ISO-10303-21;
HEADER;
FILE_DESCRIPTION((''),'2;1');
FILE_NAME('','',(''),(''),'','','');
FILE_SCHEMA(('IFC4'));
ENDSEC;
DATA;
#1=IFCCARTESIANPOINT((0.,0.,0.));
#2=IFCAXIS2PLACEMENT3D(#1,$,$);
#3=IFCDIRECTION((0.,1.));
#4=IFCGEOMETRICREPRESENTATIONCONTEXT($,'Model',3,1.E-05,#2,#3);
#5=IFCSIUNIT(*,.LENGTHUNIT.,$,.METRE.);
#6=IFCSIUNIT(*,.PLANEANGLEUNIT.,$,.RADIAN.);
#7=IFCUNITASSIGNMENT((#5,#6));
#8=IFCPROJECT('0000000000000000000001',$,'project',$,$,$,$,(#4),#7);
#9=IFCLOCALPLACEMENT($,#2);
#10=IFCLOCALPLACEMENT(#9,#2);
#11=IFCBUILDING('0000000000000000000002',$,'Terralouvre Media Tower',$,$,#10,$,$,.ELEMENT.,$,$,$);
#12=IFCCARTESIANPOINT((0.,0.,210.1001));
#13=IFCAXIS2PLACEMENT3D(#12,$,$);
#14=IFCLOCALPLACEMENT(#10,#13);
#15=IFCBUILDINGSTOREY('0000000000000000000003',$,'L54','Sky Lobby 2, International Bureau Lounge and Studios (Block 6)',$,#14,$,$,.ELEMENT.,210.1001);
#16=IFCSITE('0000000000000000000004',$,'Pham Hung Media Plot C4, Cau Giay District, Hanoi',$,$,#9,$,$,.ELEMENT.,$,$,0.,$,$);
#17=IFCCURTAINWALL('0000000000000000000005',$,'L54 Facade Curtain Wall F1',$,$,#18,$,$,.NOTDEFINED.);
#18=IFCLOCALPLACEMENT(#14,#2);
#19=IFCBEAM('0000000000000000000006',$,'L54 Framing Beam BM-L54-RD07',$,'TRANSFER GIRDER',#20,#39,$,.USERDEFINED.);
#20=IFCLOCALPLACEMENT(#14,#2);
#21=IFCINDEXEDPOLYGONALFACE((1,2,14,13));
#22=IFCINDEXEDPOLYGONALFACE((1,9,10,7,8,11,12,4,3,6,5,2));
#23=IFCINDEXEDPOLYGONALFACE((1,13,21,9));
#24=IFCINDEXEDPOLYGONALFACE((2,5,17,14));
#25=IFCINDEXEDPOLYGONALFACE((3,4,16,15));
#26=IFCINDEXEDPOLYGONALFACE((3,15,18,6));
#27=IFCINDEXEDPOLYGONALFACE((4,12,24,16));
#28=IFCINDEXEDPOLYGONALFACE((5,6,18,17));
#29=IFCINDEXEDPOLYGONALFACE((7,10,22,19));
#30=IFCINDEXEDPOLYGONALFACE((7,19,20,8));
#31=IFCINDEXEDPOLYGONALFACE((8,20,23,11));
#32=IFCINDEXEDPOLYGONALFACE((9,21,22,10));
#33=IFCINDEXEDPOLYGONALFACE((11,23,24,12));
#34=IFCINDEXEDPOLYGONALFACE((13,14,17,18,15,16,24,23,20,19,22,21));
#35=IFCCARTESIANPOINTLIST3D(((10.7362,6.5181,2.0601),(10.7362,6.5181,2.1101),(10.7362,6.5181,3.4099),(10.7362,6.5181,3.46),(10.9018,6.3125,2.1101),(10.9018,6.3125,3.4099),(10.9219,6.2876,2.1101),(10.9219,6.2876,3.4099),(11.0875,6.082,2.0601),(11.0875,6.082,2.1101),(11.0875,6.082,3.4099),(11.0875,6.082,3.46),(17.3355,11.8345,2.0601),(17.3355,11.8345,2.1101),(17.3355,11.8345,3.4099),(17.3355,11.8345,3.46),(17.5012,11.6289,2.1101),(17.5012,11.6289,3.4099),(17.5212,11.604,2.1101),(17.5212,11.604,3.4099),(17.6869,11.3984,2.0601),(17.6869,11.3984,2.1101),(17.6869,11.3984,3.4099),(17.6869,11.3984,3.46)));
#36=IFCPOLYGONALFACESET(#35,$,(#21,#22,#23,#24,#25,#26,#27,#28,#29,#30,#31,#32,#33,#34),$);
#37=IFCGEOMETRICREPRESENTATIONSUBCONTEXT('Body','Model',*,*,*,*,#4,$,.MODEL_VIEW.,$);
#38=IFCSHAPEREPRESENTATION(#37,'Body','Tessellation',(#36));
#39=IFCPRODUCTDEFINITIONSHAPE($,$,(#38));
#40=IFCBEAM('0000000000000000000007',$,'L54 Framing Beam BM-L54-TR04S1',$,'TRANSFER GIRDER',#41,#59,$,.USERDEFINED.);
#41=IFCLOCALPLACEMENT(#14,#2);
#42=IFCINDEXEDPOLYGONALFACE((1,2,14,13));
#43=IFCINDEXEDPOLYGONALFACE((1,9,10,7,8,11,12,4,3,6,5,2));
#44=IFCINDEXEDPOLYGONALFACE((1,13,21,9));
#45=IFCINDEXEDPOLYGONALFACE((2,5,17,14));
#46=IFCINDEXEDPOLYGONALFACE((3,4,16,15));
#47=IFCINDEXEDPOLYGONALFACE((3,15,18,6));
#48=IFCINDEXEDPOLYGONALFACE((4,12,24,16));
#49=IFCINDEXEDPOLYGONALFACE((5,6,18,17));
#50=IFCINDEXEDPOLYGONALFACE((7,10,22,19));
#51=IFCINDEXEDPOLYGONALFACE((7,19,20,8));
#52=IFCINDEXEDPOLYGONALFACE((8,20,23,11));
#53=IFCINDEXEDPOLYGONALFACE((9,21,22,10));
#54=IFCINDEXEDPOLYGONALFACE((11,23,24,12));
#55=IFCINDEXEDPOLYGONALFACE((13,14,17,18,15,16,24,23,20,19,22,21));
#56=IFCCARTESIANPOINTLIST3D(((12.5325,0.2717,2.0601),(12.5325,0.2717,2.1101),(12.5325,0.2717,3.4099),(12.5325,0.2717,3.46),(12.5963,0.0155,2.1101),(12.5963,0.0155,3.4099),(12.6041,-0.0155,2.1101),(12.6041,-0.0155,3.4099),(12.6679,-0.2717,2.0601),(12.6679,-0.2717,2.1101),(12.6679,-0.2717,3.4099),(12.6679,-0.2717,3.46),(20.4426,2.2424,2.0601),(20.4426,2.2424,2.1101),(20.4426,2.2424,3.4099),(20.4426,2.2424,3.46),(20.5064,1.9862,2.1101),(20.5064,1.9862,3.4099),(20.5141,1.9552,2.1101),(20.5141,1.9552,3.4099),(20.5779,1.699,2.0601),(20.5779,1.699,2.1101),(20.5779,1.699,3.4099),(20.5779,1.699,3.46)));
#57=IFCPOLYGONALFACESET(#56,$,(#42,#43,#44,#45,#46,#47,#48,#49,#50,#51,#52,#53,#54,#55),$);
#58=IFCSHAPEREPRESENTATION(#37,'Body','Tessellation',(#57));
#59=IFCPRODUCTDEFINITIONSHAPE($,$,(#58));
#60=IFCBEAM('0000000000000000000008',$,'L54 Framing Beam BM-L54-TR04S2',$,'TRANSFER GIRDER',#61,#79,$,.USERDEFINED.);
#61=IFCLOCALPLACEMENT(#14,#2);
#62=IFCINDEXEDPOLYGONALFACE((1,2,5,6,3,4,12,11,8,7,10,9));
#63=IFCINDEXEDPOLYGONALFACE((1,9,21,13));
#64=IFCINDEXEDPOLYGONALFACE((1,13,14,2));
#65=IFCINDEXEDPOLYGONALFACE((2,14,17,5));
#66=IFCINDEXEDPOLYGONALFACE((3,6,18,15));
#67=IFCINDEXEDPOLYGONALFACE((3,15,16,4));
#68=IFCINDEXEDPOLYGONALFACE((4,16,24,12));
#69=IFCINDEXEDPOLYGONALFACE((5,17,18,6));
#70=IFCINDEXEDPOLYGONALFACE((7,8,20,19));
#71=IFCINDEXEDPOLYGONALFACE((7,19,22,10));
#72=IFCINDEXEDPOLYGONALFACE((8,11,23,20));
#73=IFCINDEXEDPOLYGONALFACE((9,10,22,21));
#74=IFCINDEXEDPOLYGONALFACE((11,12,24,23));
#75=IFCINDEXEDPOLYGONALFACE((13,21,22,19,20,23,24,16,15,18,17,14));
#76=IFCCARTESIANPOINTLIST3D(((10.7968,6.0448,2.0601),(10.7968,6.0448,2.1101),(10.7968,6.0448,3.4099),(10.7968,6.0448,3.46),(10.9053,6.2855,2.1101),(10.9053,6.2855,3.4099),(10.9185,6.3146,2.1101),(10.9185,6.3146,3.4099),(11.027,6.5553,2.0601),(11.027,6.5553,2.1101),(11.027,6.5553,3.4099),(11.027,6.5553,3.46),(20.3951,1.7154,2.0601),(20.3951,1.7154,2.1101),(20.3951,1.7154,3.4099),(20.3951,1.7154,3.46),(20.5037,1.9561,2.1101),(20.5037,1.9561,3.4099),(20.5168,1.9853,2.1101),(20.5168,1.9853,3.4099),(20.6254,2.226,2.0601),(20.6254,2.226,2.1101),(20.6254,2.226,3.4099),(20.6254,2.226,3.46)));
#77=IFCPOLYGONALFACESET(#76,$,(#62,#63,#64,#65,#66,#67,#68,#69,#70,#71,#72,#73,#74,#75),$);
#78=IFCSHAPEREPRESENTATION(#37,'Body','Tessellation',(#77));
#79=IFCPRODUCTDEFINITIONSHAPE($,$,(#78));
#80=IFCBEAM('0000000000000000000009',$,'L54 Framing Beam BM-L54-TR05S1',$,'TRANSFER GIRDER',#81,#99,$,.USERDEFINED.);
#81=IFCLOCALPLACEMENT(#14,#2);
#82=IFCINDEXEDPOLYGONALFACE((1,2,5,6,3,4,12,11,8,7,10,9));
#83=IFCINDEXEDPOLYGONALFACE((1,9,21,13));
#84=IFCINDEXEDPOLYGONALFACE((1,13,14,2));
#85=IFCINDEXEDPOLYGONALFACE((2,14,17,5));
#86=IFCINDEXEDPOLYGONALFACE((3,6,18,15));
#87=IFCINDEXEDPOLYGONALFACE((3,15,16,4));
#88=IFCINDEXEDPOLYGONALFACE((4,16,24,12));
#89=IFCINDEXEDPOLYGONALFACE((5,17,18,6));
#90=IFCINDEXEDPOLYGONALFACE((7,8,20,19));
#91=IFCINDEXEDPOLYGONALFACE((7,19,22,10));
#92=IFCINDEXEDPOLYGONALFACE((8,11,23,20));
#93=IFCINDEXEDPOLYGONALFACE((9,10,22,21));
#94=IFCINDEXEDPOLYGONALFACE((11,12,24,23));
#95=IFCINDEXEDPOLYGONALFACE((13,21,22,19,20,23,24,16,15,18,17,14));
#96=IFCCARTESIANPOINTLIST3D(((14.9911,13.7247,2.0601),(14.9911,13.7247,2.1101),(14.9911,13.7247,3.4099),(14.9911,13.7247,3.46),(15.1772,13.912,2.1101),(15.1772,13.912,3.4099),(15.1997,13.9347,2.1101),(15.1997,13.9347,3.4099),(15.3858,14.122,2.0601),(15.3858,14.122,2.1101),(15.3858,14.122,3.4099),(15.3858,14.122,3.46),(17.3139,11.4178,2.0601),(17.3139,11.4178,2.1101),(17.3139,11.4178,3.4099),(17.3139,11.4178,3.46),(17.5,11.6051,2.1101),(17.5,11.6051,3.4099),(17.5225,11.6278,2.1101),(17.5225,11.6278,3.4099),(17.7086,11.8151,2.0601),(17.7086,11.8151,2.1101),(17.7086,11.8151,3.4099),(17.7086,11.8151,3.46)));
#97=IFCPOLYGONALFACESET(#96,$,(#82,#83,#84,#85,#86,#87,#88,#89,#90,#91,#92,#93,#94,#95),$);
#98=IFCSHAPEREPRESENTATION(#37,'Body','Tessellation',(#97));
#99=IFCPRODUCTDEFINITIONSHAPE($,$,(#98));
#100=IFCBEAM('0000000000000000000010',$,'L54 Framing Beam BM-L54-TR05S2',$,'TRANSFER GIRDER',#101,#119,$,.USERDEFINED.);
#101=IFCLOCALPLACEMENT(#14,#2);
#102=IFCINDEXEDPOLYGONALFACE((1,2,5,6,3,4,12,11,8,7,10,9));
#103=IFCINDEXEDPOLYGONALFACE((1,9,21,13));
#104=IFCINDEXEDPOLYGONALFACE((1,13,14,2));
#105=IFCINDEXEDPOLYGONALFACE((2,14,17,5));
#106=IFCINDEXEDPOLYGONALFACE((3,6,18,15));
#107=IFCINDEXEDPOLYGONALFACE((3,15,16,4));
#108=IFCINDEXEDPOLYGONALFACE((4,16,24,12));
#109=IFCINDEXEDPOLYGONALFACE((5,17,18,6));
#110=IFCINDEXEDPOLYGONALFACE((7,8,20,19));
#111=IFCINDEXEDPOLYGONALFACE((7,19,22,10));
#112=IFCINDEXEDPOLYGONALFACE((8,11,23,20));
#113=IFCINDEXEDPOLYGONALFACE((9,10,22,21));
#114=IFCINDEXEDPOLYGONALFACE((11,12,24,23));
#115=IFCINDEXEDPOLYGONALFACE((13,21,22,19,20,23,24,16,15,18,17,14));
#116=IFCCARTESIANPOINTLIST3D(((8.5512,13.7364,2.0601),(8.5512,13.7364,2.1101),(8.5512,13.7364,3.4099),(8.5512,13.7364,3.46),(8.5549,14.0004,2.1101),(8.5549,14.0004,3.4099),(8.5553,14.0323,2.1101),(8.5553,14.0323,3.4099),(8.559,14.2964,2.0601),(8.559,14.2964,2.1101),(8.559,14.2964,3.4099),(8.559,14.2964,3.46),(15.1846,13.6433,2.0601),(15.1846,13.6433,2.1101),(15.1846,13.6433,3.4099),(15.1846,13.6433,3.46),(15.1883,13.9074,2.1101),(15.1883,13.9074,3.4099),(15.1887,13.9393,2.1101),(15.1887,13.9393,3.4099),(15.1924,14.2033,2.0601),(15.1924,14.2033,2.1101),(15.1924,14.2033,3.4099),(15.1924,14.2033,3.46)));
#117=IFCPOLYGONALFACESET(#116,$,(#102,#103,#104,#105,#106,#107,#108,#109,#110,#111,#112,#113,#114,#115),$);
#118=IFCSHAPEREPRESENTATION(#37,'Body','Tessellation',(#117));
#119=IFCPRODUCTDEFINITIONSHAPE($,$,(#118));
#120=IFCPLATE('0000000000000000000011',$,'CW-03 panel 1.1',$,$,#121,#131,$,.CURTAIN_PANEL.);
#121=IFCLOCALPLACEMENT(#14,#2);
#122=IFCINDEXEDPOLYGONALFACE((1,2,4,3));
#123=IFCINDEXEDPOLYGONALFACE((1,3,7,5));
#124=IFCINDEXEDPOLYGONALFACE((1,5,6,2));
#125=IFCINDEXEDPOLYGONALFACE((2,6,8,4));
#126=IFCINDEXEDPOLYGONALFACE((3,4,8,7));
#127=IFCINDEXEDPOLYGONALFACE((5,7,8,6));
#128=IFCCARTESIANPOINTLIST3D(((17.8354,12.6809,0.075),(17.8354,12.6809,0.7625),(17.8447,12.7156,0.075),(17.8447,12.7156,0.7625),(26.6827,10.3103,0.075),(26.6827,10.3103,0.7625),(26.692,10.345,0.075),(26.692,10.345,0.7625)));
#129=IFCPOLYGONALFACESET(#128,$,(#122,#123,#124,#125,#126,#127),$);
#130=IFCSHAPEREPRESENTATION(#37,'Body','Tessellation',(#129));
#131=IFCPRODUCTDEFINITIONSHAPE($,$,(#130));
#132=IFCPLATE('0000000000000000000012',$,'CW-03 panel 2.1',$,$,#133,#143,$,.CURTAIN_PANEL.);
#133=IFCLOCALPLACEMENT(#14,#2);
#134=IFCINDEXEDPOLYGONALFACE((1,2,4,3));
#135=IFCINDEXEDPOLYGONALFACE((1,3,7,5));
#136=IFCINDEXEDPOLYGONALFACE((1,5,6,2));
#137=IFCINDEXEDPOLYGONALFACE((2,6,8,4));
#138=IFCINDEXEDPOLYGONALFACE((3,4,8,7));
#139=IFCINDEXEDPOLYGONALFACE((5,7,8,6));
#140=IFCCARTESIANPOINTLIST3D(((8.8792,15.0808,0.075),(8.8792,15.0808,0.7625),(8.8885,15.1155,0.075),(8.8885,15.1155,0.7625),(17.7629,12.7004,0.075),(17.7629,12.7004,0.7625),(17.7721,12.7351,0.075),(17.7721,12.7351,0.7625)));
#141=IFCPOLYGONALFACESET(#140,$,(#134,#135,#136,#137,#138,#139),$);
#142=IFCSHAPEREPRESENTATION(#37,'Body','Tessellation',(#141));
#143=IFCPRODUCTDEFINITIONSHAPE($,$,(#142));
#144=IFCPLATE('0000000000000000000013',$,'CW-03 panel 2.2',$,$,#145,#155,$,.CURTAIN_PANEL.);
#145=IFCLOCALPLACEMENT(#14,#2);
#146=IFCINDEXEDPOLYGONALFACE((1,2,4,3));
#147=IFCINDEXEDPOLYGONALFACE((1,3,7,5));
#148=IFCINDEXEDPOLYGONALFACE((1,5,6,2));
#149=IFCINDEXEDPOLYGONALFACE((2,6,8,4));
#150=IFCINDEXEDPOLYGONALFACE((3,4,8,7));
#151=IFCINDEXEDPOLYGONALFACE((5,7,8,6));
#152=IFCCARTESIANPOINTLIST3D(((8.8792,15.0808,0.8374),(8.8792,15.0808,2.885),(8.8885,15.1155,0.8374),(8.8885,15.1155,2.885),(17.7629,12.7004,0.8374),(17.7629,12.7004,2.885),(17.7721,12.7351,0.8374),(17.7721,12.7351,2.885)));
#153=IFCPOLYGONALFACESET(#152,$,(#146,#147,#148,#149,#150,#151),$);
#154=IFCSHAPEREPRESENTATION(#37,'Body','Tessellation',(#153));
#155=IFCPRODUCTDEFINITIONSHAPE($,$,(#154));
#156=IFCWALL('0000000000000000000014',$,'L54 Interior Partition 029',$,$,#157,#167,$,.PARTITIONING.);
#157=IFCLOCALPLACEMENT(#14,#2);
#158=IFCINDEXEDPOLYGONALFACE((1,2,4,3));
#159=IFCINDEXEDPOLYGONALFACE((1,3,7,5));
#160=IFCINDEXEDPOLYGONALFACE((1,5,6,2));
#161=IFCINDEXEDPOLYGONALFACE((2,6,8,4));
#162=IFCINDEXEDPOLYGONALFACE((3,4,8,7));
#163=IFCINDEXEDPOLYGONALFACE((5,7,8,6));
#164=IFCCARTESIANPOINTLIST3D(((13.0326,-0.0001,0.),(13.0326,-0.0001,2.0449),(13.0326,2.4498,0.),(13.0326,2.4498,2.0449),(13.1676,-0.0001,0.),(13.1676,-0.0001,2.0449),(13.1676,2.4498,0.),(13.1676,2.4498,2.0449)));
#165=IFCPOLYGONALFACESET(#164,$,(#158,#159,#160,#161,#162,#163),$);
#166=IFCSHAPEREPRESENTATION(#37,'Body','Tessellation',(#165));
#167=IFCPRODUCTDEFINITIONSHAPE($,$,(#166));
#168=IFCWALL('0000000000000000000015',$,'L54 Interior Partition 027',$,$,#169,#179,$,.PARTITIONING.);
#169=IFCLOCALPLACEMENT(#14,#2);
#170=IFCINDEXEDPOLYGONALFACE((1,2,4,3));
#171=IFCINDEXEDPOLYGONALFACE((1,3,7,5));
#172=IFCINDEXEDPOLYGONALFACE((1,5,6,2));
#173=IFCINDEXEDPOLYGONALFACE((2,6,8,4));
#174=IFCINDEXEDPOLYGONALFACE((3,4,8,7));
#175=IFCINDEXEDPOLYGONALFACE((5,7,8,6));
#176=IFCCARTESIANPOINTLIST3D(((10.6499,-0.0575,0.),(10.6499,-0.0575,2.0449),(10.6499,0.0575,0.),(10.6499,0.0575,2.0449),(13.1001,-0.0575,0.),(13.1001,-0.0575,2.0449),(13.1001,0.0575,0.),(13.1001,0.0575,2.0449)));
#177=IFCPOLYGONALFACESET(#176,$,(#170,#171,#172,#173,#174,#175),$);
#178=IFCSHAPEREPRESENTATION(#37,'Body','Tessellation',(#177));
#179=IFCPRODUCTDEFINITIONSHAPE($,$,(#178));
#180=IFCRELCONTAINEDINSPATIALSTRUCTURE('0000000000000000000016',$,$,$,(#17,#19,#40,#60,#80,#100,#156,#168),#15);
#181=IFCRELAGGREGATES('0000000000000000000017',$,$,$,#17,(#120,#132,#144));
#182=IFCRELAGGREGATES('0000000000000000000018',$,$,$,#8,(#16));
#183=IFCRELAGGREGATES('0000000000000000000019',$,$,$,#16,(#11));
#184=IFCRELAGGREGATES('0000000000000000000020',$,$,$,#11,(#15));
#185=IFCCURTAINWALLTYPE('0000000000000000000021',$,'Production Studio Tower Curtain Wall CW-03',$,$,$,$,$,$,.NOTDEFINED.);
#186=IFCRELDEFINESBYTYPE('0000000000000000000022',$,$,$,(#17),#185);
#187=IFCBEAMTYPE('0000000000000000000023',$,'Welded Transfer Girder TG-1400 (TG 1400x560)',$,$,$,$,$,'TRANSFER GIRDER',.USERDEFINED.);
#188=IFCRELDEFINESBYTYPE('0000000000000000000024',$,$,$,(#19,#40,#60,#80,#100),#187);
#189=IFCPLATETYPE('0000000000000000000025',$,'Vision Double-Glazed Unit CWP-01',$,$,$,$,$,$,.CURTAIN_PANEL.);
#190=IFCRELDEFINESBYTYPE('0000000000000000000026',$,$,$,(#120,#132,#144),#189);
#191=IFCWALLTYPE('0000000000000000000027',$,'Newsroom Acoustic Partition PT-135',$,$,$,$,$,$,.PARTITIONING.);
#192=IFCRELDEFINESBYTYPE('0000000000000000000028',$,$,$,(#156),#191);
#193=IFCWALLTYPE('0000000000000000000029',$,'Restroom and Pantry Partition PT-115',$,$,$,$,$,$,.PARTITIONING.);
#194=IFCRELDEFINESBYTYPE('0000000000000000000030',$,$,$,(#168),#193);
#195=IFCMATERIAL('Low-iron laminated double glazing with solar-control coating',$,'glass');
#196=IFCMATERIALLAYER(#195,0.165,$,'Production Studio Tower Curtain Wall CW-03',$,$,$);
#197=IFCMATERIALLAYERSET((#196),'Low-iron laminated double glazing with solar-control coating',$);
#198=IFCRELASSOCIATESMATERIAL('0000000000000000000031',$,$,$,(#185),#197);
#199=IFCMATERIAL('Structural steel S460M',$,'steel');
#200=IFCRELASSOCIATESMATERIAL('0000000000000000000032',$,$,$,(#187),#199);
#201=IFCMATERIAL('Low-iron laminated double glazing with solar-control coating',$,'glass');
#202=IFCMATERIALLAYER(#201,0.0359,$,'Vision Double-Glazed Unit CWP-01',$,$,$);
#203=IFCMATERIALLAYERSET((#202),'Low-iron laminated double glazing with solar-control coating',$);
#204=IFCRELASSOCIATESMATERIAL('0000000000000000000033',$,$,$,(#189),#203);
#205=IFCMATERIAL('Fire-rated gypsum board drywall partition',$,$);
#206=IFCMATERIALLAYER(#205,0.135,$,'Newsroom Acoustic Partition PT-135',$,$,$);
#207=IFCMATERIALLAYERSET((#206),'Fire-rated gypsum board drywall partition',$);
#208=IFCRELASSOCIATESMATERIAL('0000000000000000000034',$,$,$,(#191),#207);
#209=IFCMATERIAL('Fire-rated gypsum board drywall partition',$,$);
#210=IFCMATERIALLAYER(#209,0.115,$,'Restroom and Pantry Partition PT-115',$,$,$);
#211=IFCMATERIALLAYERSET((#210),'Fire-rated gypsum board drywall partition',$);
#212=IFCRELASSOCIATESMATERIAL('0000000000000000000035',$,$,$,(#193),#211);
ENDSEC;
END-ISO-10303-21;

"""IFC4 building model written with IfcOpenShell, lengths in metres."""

from ifc_helpers import new_model, si_unit, direction, frame, frame_2d, origin, origin_2d, place, context, subcontext, project, spatial, rectangle, i_section, extrude, material, layer, layer_set, material_profile, profile_set, type_object, element, aggregate, save


model = new_model("IFC4")

# Units and contexts
model_context = context("Model", 3, precision=1e-05, world=origin(), true_north=direction((0.0, 1.0)))
body_context = subcontext(model_context, "Body", "Model", "MODEL_VIEW")
ifc_project = project(units=[si_unit("LENGTHUNIT", "METRE"), si_unit("PLANEANGLEUNIT", "RADIAN")], contexts=[model_context])

# Site, building, storey
site_placement = place(None, origin())
site = spatial("IfcSite", under=ifc_project, at=site_placement, Name="Pham Hung Media Plot C4, Cau Giay District, Hanoi", CompositionType="ELEMENT", RefElevation=0.0)
building_placement = place(site_placement, origin())
building = spatial("IfcBuilding", under=site, at=building_placement, Name="Terralouvre Media Tower", CompositionType="ELEMENT")
storey_placement = place(building_placement, frame((0.0, 0.0, 210.1001)))
storey = spatial("IfcBuildingStorey", under=building, at=storey_placement, Name="L54", Description="Sky Lobby 2, International Bureau Lounge and Studios (Block 6)", CompositionType="ELEMENT", Elevation=210.1001)

# Curtain wall
ifc_material_1 = material(Name="Low-iron laminated double glazing with solar-control coating", Category="glass")
ifc_layer_1 = layer(ifc_material_1, 0.165, Name="Production Studio Tower Curtain Wall CW-03")
ifc_layer_set_1 = layer_set([ifc_layer_1], Name="Low-iron laminated double glazing with solar-control coating")
curtain_wall_type = type_object("IfcCurtainWallType", Name="Production Studio Tower Curtain Wall CW-03", PredefinedType="NOTDEFINED", material=ifc_layer_set_1)
curtain_wall_placement = place(storey_placement, origin())
curtain_wall = element("IfcCurtainWall", 1, at=curtain_wall_placement, inside=storey, type_object=curtain_wall_type, Name="L54 Facade Curtain Wall F1", PredefinedType="NOTDEFINED")

# Beams
ifc_material_2 = material(Name="Structural steel S460M", Category="steel")
ifc_material_profile_1 = material_profile(ifc_material_2, i_section(OverallWidth=0.5601, OverallDepth=1.3999, WebThickness=0.032, FlangeThickness=0.05, at=origin_2d()), Name="TG 1400x560")
ifc_profile_set_1 = profile_set([ifc_material_profile_1], Name="Structural steel S460M")
beam_type_1 = type_object("IfcBeamType", Name="Welded Transfer Girder TG-1400 (TG 1400x560)", ElementType="TRANSFER GIRDER", PredefinedType="USERDEFINED", material=ifc_profile_set_1)
for number, where, z_axis, x_axis, name in (
    (2, (10.9119, 6.3, 2.76), (0.778739, 0.627347, 0.0), (-0.627347, 0.778739, 0.0), "L54 Framing Beam BM-L54-RD07"),
):
    element("IfcBeam", number, at=place(storey_placement, frame(where, z_axis=z_axis, x_axis=x_axis)), inside=storey, type_object=beam_type_1, Name=name, ObjectType="TRANSFER GIRDER", PredefinedType="USERDEFINED", context=body_context, shape_type="SweptSolid", body=[
        extrude(i_section(OverallWidth=0.5601, OverallDepth=1.3999, WebThickness=0.032, FlangeThickness=0.05, at=origin_2d()), origin(), (0.0, 0.0, 1.0), 8.4744),
    ])
beam_1_placement = place(storey_placement, frame((20.5103, 1.9707, 2.76), z_axis=(-0.970339, -0.241746, 0.0), x_axis=(0.241746, -0.970339, 0.0)))
element("IfcBeam", 3, at=beam_1_placement, inside=storey, type_object=beam_type_1, Name="L54 Framing Beam BM-L54-TR04S1", ObjectType="TRANSFER GIRDER", PredefinedType="USERDEFINED", context=body_context, shape_type="SweptSolid", body=[
    extrude(i_section(OverallWidth=0.5601, OverallDepth=1.3999, WebThickness=0.032, FlangeThickness=0.05, at=origin_2d()), origin(), (0.0, 0.0, 1.0), 8.1519),
])
beam_2_placement = place(storey_placement, frame((20.5103, 1.9707, 2.76), z_axis=(-0.911563, 0.41116, 0.0), x_axis=(-0.41116, -0.911563, 0.0)))
element("IfcBeam", 4, at=beam_2_placement, inside=storey, type_object=beam_type_1, Name="L54 Framing Beam BM-L54-TR04S2", ObjectType="TRANSFER GIRDER", PredefinedType="USERDEFINED", context=body_context, shape_type="SweptSolid", body=[
    extrude(i_section(OverallWidth=0.5601, OverallDepth=1.3999, WebThickness=0.032, FlangeThickness=0.05, at=origin_2d()), origin(), (0.0, 0.0, 1.0), 10.5295),
])
beam_3_placement = place(storey_placement, frame((15.1885, 13.9233, 2.76), z_axis=(0.709526, -0.704679, 0.0), x_axis=(0.704679, 0.709526, 0.0)))
element("IfcBeam", 5, at=beam_3_placement, inside=storey, type_object=beam_type_1, Name="L54 Framing Beam BM-L54-TR05S1", ObjectType="TRANSFER GIRDER", PredefinedType="USERDEFINED", context=body_context, shape_type="SweptSolid", body=[
    extrude(i_section(OverallWidth=0.5601, OverallDepth=1.3999, WebThickness=0.032, FlangeThickness=0.05, at=origin_2d()), origin(), (0.0, 0.0, 1.0), 3.2737),
])
beam_4_placement = place(storey_placement, frame((15.1885, 13.9233, 2.76), z_axis=(-0.999902, 0.014021, 0.0), x_axis=(-0.014021, -0.999902, 0.0)))
element("IfcBeam", 6, at=beam_4_placement, inside=storey, type_object=beam_type_1, Name="L54 Framing Beam BM-L54-TR05S2", ObjectType="TRANSFER GIRDER", PredefinedType="USERDEFINED", context=body_context, shape_type="SweptSolid", body=[
    extrude(i_section(OverallWidth=0.5601, OverallDepth=1.3999, WebThickness=0.032, FlangeThickness=0.05, at=origin_2d()), origin(), (0.0, 0.0, 1.0), 6.634),
])

# Plates
ifc_material_3 = material(Name="Low-iron laminated double glazing with solar-control coating", Category="glass")
ifc_layer_2 = layer(ifc_material_3, 0.0359, Name="Vision Double-Glazed Unit CWP-01")
ifc_layer_set_2 = layer_set([ifc_layer_2], Name="Low-iron laminated double glazing with solar-control coating")
plate_type = type_object("IfcPlateType", Name="Vision Double-Glazed Unit CWP-01", PredefinedType="CURTAIN_PANEL", material=ifc_layer_set_2)
plate_1_placement = place(storey_placement, frame((22.2637, 11.5129, 0.075), z_axis=(0.0, 0.0, 1.0), x_axis=(-0.965926, 0.258819, 0.0)))
plate_1 = element("IfcPlate", 7, at=plate_1_placement, type_object=plate_type, Name="CW-03 panel 1.1", PredefinedType="CURTAIN_PANEL", context=body_context, shape_type="SweptSolid", body=[
    extrude(rectangle(XDim=9.1594, YDim=0.0359, at=origin_2d()), origin(), (0.0, 0.0, 1.0), 0.6875),
])
plate_2_placement = place(storey_placement, frame((13.3257, 13.908, 0.075), z_axis=(0.0, 0.0, 1.0), x_axis=(-0.965926, 0.258819, 0.0)))
plate_2 = element("IfcPlate", 8, at=plate_2_placement, type_object=plate_type, Name="CW-03 panel 2.1", PredefinedType="CURTAIN_PANEL", context=body_context, shape_type="SweptSolid", body=[
    extrude(rectangle(XDim=9.197, YDim=0.0359, at=origin_2d()), origin(), (0.0, 0.0, 1.0), 0.6875),
])
plate_3_placement = place(storey_placement, frame((13.3257, 13.908, 0.8374), z_axis=(0.0, 0.0, 1.0), x_axis=(-0.965926, 0.258819, 0.0)))
plate_3 = element("IfcPlate", 9, at=plate_3_placement, type_object=plate_type, Name="CW-03 panel 2.2", PredefinedType="CURTAIN_PANEL", context=body_context, shape_type="SweptSolid", body=[
    extrude(rectangle(XDim=9.197, YDim=0.0359, at=origin_2d()), origin(), (0.0, 0.0, 1.0), 2.0476),
])
aggregate(curtain_wall, [plate_1, plate_2, plate_3])

# Walls
ifc_material_4 = material(Name="Fire-rated gypsum board drywall partition")
ifc_layer_3 = layer(ifc_material_4, 0.135, Name="Newsroom Acoustic Partition PT-135")
ifc_layer_set_3 = layer_set([ifc_layer_3], Name="Fire-rated gypsum board drywall partition")
wall_type_1 = type_object("IfcWallType", Name="Newsroom Acoustic Partition PT-135", PredefinedType="PARTITIONING", material=ifc_layer_set_3)
wall_1_placement = place(storey_placement, frame((13.1001, 2.45, 0.0), z_axis=(0.0, 0.0, 1.0), x_axis=(0.0, -1.0, 0.0)))
element("IfcWall", 10, at=wall_1_placement, inside=storey, type_object=wall_type_1, Name="L54 Interior Partition 029", PredefinedType="PARTITIONING", context=body_context, shape_type="SweptSolid", body=[
    extrude(rectangle(XDim=2.45, YDim=0.135, at=frame_2d((1.2251, 0.0))), origin(), (0.0, 0.0, 1.0), 2.0449),
])
ifc_material_5 = material(Name="Fire-rated gypsum board drywall partition")
ifc_layer_4 = layer(ifc_material_5, 0.115, Name="Restroom and Pantry Partition PT-115")
ifc_layer_set_4 = layer_set([ifc_layer_4], Name="Fire-rated gypsum board drywall partition")
wall_type_2 = type_object("IfcWallType", Name="Restroom and Pantry Partition PT-115", PredefinedType="PARTITIONING", material=ifc_layer_set_4)
wall_2_placement = place(storey_placement, frame((13.1001, 0.0, 0.0), z_axis=(0.0, 0.0, 1.0), x_axis=(-1.0, 0.0, 0.0)))
element("IfcWall", 11, at=wall_2_placement, inside=storey, type_object=wall_type_2, Name="L54 Interior Partition 027", PredefinedType="PARTITIONING", context=body_context, shape_type="SweptSolid", body=[
    extrude(rectangle(XDim=2.4502, YDim=0.115, at=frame_2d((1.2251, 0.0))), origin(), (0.0, 0.0, 1.0), 2.0449),
])

save(model, "model.ifc")
